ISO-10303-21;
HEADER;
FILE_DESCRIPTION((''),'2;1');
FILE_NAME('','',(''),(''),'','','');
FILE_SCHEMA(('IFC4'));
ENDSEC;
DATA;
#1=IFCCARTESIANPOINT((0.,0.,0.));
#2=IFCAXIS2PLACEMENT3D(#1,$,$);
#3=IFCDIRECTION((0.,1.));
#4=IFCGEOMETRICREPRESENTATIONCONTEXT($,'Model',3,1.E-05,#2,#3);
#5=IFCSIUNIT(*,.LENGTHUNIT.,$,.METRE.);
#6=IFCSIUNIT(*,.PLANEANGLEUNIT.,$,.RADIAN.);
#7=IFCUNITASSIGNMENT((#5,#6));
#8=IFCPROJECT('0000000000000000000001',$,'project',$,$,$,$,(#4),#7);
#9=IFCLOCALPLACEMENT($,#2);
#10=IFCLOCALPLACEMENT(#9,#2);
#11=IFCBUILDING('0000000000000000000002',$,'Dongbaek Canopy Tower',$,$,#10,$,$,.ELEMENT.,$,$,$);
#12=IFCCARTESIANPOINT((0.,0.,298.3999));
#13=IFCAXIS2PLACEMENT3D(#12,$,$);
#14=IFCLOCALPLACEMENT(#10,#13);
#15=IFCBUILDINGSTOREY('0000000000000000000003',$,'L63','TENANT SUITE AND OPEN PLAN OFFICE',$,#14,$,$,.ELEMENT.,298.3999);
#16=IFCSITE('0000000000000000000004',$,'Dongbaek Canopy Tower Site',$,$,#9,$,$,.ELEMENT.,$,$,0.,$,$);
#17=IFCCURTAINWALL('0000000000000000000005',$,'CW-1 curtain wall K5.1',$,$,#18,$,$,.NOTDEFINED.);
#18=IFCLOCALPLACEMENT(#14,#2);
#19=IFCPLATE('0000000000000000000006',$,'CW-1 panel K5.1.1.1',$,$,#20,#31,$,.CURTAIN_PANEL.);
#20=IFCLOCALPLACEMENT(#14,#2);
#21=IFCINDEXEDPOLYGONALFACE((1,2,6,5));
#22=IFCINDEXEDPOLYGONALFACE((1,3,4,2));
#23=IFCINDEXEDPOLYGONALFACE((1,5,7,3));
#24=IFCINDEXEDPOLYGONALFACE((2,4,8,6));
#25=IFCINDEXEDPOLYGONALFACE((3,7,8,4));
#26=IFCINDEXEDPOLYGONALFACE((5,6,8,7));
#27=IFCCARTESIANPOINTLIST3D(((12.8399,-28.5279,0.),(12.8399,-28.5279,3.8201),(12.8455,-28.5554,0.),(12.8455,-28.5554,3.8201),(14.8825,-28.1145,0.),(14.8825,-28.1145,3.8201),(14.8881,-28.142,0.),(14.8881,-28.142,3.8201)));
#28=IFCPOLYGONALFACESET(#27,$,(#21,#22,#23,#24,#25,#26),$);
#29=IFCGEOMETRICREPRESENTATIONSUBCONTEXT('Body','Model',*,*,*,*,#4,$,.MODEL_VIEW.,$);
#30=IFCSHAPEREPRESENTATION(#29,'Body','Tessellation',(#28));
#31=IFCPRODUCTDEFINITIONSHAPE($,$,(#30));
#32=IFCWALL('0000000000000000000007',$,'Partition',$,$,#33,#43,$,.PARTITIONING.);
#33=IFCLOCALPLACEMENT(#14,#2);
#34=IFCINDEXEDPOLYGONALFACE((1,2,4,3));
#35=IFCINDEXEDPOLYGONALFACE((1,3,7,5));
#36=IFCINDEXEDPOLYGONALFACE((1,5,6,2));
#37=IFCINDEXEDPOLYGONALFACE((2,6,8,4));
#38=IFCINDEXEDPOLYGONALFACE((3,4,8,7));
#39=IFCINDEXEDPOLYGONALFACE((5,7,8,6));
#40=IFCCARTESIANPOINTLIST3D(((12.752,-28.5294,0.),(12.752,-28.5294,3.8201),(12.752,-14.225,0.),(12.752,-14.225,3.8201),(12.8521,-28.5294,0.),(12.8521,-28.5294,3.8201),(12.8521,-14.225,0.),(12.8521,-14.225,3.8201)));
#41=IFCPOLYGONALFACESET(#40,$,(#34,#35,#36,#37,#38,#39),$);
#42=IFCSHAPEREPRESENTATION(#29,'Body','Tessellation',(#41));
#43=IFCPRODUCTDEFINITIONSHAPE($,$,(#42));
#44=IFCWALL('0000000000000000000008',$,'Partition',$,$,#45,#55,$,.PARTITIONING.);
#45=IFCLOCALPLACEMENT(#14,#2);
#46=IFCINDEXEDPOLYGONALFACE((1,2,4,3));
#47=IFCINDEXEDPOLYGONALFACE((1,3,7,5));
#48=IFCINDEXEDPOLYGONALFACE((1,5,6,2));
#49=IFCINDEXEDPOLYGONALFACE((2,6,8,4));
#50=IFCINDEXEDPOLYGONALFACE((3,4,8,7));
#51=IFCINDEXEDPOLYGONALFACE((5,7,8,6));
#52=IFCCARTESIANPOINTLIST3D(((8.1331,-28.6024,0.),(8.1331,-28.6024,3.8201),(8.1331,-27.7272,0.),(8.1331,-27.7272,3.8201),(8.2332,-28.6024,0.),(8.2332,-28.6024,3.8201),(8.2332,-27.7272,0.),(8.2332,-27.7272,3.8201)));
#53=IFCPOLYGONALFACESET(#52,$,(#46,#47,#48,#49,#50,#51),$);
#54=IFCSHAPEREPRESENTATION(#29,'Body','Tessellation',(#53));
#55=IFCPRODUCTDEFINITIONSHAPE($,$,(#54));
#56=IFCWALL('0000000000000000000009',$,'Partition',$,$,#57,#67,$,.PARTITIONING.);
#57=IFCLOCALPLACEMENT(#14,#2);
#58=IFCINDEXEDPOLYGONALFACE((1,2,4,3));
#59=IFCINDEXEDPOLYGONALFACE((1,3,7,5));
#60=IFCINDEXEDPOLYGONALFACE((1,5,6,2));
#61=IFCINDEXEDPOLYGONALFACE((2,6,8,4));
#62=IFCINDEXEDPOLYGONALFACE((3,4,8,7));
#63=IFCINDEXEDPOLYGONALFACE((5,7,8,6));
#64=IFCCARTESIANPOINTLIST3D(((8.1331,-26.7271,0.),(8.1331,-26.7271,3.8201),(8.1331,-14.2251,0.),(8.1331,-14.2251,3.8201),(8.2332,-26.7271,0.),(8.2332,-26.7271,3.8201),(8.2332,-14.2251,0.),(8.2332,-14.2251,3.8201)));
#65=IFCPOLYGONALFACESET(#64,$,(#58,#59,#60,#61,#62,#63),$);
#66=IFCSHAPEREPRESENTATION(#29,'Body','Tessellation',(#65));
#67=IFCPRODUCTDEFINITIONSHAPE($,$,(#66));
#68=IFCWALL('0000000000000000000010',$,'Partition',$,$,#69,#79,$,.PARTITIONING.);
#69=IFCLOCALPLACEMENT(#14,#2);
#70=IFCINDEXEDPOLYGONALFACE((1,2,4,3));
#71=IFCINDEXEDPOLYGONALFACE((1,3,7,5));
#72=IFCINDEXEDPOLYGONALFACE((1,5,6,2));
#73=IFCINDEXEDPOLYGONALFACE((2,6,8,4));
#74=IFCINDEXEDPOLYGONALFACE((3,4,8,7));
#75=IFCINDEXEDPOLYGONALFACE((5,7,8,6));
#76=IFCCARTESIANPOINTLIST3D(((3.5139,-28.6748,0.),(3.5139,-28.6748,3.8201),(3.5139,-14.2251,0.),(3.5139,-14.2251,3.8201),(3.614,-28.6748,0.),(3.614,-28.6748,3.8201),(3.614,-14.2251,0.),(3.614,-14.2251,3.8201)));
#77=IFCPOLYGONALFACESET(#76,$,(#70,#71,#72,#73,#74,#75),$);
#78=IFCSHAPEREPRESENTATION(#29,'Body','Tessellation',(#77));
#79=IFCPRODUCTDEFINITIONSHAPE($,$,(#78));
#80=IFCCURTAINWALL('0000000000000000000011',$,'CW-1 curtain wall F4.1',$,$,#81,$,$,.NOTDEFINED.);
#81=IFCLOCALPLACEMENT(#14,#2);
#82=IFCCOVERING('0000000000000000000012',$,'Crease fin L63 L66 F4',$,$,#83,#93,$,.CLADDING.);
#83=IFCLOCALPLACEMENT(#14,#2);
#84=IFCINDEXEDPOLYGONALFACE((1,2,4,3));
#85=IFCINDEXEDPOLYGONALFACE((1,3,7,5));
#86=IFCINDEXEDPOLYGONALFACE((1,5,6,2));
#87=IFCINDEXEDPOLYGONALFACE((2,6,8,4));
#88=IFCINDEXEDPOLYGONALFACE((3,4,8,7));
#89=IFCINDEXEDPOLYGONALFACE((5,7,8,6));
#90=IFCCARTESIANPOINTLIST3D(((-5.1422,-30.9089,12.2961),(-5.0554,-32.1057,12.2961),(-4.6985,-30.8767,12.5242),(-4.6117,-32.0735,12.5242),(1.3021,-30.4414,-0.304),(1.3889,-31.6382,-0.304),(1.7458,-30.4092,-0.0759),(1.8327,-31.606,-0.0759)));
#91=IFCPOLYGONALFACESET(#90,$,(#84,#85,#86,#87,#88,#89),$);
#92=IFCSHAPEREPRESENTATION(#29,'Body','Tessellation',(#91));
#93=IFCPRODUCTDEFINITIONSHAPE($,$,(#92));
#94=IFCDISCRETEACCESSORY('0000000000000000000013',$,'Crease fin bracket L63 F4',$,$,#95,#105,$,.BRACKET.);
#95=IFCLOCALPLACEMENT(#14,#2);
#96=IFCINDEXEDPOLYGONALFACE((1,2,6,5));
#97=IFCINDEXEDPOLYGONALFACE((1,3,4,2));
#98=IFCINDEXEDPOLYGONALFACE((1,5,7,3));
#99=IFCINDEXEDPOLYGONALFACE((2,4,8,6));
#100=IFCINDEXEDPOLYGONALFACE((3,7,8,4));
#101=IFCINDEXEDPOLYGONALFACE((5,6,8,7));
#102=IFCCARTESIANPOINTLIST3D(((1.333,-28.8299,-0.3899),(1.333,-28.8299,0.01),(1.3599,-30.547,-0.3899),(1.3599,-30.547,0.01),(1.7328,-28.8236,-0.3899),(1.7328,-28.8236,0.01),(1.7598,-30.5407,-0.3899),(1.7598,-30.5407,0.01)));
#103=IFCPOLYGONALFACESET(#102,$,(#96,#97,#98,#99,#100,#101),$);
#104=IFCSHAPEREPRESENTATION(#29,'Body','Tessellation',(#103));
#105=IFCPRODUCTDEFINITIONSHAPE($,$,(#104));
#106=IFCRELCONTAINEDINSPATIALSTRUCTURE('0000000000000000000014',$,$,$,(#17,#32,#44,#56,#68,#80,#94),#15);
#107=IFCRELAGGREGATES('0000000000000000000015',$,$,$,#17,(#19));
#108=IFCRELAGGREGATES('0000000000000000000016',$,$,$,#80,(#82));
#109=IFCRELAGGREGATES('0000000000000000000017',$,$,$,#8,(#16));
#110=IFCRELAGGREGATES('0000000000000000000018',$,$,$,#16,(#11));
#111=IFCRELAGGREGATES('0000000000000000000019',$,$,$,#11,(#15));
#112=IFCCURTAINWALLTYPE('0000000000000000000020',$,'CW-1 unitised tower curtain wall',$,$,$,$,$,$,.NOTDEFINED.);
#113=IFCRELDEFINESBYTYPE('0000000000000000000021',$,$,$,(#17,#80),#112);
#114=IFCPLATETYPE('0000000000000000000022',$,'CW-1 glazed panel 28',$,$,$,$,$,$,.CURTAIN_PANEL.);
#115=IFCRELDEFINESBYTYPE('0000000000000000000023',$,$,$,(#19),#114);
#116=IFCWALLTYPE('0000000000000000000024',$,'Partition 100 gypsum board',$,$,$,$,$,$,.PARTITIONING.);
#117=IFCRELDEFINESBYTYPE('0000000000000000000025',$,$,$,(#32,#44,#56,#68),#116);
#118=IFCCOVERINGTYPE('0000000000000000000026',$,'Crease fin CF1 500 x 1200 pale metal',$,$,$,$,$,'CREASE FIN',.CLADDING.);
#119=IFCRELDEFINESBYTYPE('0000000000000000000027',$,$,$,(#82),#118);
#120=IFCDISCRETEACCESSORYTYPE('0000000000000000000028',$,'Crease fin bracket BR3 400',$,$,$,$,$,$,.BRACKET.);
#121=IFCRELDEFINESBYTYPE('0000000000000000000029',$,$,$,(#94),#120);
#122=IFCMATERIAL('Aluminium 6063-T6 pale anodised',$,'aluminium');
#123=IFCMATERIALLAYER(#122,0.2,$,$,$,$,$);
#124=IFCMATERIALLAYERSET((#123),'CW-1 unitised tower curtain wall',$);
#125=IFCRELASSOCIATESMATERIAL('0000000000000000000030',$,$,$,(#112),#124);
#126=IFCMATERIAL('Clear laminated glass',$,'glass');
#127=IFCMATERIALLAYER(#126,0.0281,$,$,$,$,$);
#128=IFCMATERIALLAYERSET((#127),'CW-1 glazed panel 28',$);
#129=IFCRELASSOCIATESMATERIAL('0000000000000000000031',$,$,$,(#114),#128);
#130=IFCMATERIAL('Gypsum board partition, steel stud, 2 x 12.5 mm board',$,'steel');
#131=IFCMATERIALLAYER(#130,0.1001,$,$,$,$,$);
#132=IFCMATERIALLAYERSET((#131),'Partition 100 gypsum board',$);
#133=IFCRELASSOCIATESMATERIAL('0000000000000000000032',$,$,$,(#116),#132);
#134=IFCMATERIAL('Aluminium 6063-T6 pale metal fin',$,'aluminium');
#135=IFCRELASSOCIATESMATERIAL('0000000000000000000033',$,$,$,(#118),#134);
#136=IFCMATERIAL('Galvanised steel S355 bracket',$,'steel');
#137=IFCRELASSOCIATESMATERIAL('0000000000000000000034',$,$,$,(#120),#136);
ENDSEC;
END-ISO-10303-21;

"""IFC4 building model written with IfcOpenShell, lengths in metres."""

from ifc_helpers import new_model, si_unit, direction, frame, frame_2d, origin, origin_2d, place, context, subcontext, project, spatial, rectangle, extrude, material, layer, layer_set, material_profile, profile_set, type_object, element, aggregate, save


model = new_model("IFC4")

# Units and contexts
model_context = context("Model", 3, precision=1e-05, world=origin(), true_north=direction((0.0, 1.0)))
body_context = subcontext(model_context, "Body", "Model", "MODEL_VIEW")
ifc_project = project(units=[si_unit("LENGTHUNIT", "METRE"), si_unit("PLANEANGLEUNIT", "RADIAN")], contexts=[model_context])

# Site, building, storey
site_placement = place(None, origin())
site = spatial("IfcSite", under=ifc_project, at=site_placement, Name="Dongbaek Canopy Tower Site", CompositionType="ELEMENT", RefElevation=0.0)
building_placement = place(site_placement, origin())
building = spatial("IfcBuilding", under=site, at=building_placement, Name="Dongbaek Canopy Tower", CompositionType="ELEMENT")
storey_placement = place(building_placement, frame((0.0, 0.0, 298.3999)))
storey = spatial("IfcBuildingStorey", under=building, at=storey_placement, Name="L63", Description="TENANT SUITE AND OPEN PLAN OFFICE", CompositionType="ELEMENT", Elevation=298.3999)

# Curtain wall
ifc_material_1 = material(Name="Aluminium 6063-T6 pale anodised", Category="aluminium")
ifc_layer_1 = layer(ifc_material_1, 0.2)
ifc_layer_set_1 = layer_set([ifc_layer_1], Name="CW-1 unitised tower curtain wall")
curtain_wall_type = type_object("IfcCurtainWallType", Name="CW-1 unitised tower curtain wall", PredefinedType="NOTDEFINED", material=ifc_layer_set_1)
curtain_wall_1_placement = place(storey_placement, origin())
curtain_wall_1 = element("IfcCurtainWall", 1, at=curtain_wall_1_placement, inside=storey, type_object=curtain_wall_type, Name="CW-1 curtain wall K5.1", PredefinedType="NOTDEFINED")

# Plate
ifc_material_2 = material(Name="Clear laminated glass", Category="glass")
ifc_layer_2 = layer(ifc_material_2, 0.0281)
ifc_layer_set_2 = layer_set([ifc_layer_2], Name="CW-1 glazed panel 28")
plate_type = type_object("IfcPlateType", Name="CW-1 glazed panel 28", PredefinedType="CURTAIN_PANEL", material=ifc_layer_set_2)
plate_placement = place(storey_placement, frame((13.864, -28.335, 0.0), z_axis=(0.0, 0.0, 1.0), x_axis=(0.980125, 0.198379, 0.0)))
plate = element("IfcPlate", 2, at=plate_placement, type_object=plate_type, Name="CW-1 panel K5.1.1.1", PredefinedType="CURTAIN_PANEL", context=body_context, shape_type="SweptSolid", body=[
    extrude(rectangle(XDim=2.084, YDim=0.0281, at=origin_2d()), origin(), (0.0, 0.0, 1.0), 3.8201),
])
aggregate(curtain_wall_1, [plate])

# Walls
ifc_material_3 = material(Name="Gypsum board partition, steel stud, 2 x 12.5 mm board", Category="steel")
ifc_layer_3 = layer(ifc_material_3, 0.1001)
ifc_layer_set_3 = layer_set([ifc_layer_3], Name="Partition 100 gypsum board")
wall_type = type_object("IfcWallType", Name="Partition 100 gypsum board", PredefinedType="PARTITIONING", material=ifc_layer_set_3)
wall_1_placement = place(storey_placement, frame((12.802, -28.5295, 0.0), z_axis=(0.0, 0.0, 1.0), x_axis=(0.0, 1.0, 0.0)))
element("IfcWall", 3, at=wall_1_placement, inside=storey, type_object=wall_type, Name="Partition", PredefinedType="PARTITIONING", context=body_context, shape_type="SweptSolid", body=[
    extrude(rectangle(XDim=14.3044, YDim=0.1001, at=frame_2d((7.1523, 0.0))), origin(), (0.0, 0.0, 1.0), 3.8201),
])
wall_2_placement = place(storey_placement, frame((8.1831, -28.6023, 0.0), z_axis=(0.0, 0.0, 1.0), x_axis=(0.0, 1.0, 0.0)))
element("IfcWall", 4, at=wall_2_placement, inside=storey, type_object=wall_type, Name="Partition", PredefinedType="PARTITIONING", context=body_context, shape_type="SweptSolid", body=[
    extrude(rectangle(XDim=0.8752, YDim=0.1001, at=frame_2d((0.4375, 0.0))), origin(), (0.0, 0.0, 1.0), 3.8201),
])
wall_3_placement = place(storey_placement, frame((8.1831, -26.7271, 0.0), z_axis=(0.0, 0.0, 1.0), x_axis=(0.0, 1.0, 0.0)))
element("IfcWall", 5, at=wall_3_placement, inside=storey, type_object=wall_type, Name="Partition", PredefinedType="PARTITIONING", context=body_context, shape_type="SweptSolid", body=[
    extrude(rectangle(XDim=12.502, YDim=0.1001, at=frame_2d((6.251, 0.0))), origin(), (0.0, 0.0, 1.0), 3.8201),
])
wall_4_placement = place(storey_placement, frame((3.564, -28.6748, 0.0), z_axis=(0.0, 0.0, 1.0), x_axis=(0.0, 1.0, 0.0)))
element("IfcWall", 6, at=wall_4_placement, inside=storey, type_object=wall_type, Name="Partition", PredefinedType="PARTITIONING", context=body_context, shape_type="SweptSolid", body=[
    extrude(rectangle(XDim=14.4497, YDim=0.1001, at=frame_2d((7.2249, 0.0))), origin(), (0.0, 0.0, 1.0), 3.8201),
])

# Curtain wall, covering
curtain_wall_2_placement = place(storey_placement, origin())
curtain_wall_2 = element("IfcCurtainWall", 7, at=curtain_wall_2_placement, inside=storey, type_object=curtain_wall_type, Name="CW-1 curtain wall F4.1", PredefinedType="NOTDEFINED")
ifc_material_4 = material(Name="Aluminium 6063-T6 pale metal fin", Category="aluminium")
ifc_material_profile_1 = material_profile(ifc_material_4, rectangle(XDim=1.2, YDim=0.5, at=origin_2d()), Name="Crease fin CF1 500 x 1200 pale metal")
ifc_profile_set_1 = profile_set([ifc_material_profile_1], Name="Aluminium 6063-T6 pale metal fin")
covering_type = type_object("IfcCoveringType", Name="Crease fin CF1 500 x 1200 pale metal", ElementType="CREASE FIN", PredefinedType="CLADDING", material=ifc_profile_set_1)
covering_placement = place(storey_placement, frame((1.5674, -31.0237, -0.1899), z_axis=(-0.455103, -0.033017, 0.889827), x_axis=(0.072359, -0.997379, 0.0)))
covering = element("IfcCovering", 8, at=covering_placement, type_object=covering_type, Name="Crease fin L63 L66 F4", PredefinedType="CLADDING", context=body_context, shape_type="SweptSolid", body=[
    extrude(rectangle(XDim=1.2, YDim=0.5, at=origin_2d()), origin(), (0.0, 0.0, 1.0), 14.1602),
])
aggregate(curtain_wall_2, [covering])

# Discrete accessory
ifc_material_5 = material(Name="Galvanised steel S355 bracket", Category="steel")
discrete_accessory_type = type_object("IfcDiscreteAccessoryType", Name="Crease fin bracket BR3 400", PredefinedType="BRACKET", material=ifc_material_5)
discrete_accessory_placement = place(storey_placement, frame((1.5464, -29.6853, -0.3899), z_axis=(0.0, 0.0, 1.0), x_axis=(0.015685, -0.999877, 0.0)))
element("IfcDiscreteAccessory", 9, at=discrete_accessory_placement, inside=storey, type_object=discrete_accessory_type, Name="Crease fin bracket L63 F4", PredefinedType="BRACKET", context=body_context, shape_type="SweptSolid", body=[
    extrude(rectangle(XDim=1.7173, YDim=0.3999, at=origin_2d()), origin(), (0.0, 0.0, 1.0), 0.3999),
])

save(model, "model.ifc")
